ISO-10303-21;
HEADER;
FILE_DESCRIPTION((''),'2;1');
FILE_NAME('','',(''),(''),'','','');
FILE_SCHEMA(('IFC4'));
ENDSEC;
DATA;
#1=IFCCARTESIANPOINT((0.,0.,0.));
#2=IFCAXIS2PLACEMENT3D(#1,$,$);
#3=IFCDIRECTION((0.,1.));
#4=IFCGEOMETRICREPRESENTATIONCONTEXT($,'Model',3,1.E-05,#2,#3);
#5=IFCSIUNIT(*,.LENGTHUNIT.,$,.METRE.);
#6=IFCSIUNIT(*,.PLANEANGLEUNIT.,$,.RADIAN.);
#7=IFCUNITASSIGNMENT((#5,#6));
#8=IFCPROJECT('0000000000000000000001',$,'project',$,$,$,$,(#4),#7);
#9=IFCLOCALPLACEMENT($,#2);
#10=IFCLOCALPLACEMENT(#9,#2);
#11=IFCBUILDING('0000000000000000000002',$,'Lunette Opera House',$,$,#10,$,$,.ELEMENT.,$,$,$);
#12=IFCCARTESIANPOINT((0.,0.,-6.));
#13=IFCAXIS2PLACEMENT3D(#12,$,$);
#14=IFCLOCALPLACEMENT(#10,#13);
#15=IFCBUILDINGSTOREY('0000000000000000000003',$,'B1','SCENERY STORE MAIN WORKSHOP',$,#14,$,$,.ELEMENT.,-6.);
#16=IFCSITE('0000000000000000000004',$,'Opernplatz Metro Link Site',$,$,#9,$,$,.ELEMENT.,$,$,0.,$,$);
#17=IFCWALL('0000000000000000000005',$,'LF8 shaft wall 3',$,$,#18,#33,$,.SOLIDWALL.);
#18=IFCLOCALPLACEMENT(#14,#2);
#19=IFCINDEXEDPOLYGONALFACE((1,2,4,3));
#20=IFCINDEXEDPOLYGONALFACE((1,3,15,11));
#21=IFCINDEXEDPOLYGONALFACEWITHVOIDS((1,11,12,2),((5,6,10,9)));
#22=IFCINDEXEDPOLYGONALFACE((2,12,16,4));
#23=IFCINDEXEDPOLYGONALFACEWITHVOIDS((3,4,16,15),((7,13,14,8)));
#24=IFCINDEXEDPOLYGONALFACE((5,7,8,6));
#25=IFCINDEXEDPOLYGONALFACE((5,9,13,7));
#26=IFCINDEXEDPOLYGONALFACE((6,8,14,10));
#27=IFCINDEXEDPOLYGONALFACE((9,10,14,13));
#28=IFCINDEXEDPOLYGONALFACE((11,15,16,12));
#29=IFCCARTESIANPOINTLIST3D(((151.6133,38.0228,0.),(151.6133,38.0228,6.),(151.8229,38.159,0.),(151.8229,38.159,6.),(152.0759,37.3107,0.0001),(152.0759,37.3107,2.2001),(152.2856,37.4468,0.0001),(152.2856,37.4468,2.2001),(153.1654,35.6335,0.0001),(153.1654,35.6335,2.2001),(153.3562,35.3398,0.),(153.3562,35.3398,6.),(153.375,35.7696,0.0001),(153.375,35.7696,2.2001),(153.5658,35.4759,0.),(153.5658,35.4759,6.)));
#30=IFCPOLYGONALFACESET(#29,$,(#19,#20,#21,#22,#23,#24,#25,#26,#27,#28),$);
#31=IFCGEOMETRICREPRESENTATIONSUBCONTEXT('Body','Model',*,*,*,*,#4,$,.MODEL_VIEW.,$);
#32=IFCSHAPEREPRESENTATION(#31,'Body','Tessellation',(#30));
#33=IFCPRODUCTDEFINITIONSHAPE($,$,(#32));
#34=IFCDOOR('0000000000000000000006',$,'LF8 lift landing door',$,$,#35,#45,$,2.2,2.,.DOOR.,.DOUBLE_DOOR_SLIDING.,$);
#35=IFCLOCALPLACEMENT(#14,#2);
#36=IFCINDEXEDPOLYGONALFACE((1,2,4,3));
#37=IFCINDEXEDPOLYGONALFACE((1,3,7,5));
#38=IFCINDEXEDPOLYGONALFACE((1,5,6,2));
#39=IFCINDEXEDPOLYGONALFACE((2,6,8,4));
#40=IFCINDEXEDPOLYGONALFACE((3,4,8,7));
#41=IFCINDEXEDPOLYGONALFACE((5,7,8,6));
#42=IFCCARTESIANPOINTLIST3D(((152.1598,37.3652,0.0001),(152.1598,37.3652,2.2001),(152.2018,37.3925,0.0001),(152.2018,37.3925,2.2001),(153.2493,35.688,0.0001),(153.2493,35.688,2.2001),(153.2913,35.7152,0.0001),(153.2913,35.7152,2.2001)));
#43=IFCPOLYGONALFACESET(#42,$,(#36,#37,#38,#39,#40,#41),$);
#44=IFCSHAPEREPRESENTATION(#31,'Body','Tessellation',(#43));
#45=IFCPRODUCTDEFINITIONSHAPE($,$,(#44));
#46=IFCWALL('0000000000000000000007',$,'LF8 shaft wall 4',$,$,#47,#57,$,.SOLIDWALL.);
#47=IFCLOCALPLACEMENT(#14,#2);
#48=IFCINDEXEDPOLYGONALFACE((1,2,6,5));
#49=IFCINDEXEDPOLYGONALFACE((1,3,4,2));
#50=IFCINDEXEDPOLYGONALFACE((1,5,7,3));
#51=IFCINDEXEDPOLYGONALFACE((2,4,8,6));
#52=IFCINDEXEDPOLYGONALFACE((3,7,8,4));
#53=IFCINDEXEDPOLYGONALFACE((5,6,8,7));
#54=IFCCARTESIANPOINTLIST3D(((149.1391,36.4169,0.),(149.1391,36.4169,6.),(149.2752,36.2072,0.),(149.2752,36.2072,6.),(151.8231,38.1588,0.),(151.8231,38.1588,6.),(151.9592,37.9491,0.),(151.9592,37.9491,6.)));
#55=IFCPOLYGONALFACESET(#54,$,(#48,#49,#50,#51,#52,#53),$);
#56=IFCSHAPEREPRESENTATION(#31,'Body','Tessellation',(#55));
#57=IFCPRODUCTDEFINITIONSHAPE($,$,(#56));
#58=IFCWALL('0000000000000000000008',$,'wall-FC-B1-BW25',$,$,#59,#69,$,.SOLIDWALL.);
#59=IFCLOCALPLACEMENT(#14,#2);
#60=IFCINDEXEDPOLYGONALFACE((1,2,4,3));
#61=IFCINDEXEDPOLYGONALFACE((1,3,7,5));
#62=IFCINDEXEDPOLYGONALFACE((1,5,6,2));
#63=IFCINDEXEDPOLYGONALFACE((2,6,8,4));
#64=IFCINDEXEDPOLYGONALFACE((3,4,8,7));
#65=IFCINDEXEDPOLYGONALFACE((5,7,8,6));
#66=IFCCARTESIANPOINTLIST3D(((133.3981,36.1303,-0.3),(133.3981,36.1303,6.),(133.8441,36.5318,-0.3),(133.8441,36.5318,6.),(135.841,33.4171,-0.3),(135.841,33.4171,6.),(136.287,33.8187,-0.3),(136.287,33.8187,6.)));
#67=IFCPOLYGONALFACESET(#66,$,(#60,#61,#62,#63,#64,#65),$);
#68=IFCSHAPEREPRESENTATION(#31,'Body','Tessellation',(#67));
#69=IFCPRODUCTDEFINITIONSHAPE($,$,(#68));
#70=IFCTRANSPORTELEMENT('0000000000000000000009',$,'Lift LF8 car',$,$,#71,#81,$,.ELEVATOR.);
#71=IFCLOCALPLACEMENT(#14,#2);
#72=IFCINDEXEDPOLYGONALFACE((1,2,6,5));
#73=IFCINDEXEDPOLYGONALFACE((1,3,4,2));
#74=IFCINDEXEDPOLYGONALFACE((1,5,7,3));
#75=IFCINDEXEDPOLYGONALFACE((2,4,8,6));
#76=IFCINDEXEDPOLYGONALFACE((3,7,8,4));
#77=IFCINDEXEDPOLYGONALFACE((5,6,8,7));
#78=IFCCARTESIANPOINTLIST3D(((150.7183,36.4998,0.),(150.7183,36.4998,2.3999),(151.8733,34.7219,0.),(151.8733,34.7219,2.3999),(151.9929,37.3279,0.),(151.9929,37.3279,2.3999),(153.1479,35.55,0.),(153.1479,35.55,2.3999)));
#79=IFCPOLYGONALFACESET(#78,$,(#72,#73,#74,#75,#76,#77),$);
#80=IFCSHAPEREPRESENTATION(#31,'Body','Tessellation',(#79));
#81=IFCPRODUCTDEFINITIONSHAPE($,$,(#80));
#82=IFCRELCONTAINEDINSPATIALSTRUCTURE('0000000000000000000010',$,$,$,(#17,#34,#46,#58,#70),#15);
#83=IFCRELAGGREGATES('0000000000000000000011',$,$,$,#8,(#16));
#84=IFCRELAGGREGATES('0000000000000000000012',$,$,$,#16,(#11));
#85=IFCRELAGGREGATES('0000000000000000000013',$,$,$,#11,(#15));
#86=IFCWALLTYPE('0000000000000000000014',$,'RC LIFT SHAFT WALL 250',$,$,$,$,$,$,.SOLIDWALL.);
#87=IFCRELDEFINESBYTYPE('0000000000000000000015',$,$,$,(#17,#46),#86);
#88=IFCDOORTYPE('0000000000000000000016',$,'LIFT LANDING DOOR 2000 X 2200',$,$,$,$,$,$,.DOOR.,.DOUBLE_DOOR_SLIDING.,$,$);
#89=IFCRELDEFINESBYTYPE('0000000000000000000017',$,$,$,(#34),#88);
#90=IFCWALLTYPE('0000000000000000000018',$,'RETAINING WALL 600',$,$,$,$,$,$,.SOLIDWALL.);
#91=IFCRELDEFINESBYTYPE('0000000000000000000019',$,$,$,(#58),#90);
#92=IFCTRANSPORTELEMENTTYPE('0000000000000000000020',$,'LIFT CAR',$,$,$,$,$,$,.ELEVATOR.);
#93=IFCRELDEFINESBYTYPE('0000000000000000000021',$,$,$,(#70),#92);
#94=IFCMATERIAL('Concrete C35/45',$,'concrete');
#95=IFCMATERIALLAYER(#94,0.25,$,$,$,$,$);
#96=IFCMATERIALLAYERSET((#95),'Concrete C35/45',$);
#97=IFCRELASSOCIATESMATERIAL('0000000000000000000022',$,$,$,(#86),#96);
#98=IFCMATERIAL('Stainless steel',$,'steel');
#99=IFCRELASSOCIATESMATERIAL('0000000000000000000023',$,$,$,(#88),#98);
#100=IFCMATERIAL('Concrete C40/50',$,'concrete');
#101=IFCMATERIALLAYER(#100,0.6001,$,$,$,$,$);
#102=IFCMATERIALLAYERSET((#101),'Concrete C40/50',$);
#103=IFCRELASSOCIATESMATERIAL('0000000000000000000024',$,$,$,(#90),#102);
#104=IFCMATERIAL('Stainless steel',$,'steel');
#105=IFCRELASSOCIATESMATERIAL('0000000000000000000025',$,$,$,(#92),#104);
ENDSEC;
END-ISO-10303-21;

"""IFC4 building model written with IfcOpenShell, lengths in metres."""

from ifc_helpers import new_model, si_unit, direction, frame, frame_2d, origin, origin_2d, place, context, subcontext, project, spatial, rectangle, extrude, material, layer, layer_set, type_object, element, fill, save


model = new_model("IFC4")

# Units and contexts
model_context = context("Model", 3, precision=1e-05, world=origin(), true_north=direction((0.0, 1.0)))
body_context = subcontext(model_context, "Body", "Model", "MODEL_VIEW")
ifc_project = project(units=[si_unit("LENGTHUNIT", "METRE"), si_unit("PLANEANGLEUNIT", "RADIAN")], contexts=[model_context])

# Site, building, storey
site_placement = place(None, origin())
site = spatial("IfcSite", under=ifc_project, at=site_placement, Name="Opernplatz Metro Link Site", CompositionType="ELEMENT", RefElevation=0.0)
building_placement = place(site_placement, origin())
building = spatial("IfcBuilding", under=site, at=building_placement, Name="Lunette Opera House", CompositionType="ELEMENT")
storey_placement = place(building_placement, frame((0.0, 0.0, -6.0)))
storey = spatial("IfcBuildingStorey", under=building, at=storey_placement, Name="B1", Description="SCENERY STORE MAIN WORKSHOP", CompositionType="ELEMENT", Elevation=-6.0)

# Shared definitions
ifc_material_1 = material(Name="Concrete C35/45", Category="concrete")
ifc_layer_1 = layer(ifc_material_1, 0.25)
ifc_layer_set_1 = layer_set([ifc_layer_1], Name="Concrete C35/45")
wall_type_1 = type_object("IfcWallType", Name="RC LIFT SHAFT WALL 250", PredefinedType="SOLIDWALL", material=ifc_layer_set_1)

# Wall, opening, door
wall_1_placement = place(storey_placement, frame((153.4609, 35.408, 0.0), z_axis=(0.0, 0.0, 1.0), x_axis=(-0.544747, 0.8386, 0.0)))
wall_1 = element("IfcWall", 1, at=wall_1_placement, inside=storey, type_object=wall_type_1, Name="LF8 shaft wall 3", PredefinedType="SOLIDWALL", context=body_context, shape_type="SweptSolid", body=[
    extrude(rectangle(XDim=3.1995, YDim=0.25, at=frame_2d((1.5996, 0.0))), origin(), (0.0, 0.0, 1.0), 6.0),
])
opening_placement = place(wall_1_placement, frame((0.3501, 0.0, 0.0)))
opening = element("IfcOpeningElement", 2, at=opening_placement, cuts=wall_1, PredefinedType="OPENING", context=body_context, shape_type="SweptSolid", body=[
    extrude(rectangle(XDim=2.0, YDim=2.2, at=frame_2d((1.0, 1.1001))), frame((0.0, 0.137, 0.0), z_axis=(0.0, -1.0, 0.0), x_axis=(1.0, 0.0, 0.0)), (0.0, 0.0, 1.0), 0.2739),
])
ifc_material_2 = material(Name="Stainless steel", Category="steel")
door_type = type_object("IfcDoorType", Name="LIFT LANDING DOOR 2000 X 2200", OperationType="DOUBLE_DOOR_SLIDING", PredefinedType="DOOR", material=ifc_material_2)
door_placement = place(opening_placement, origin())
door = element("IfcDoor", 3, at=door_placement, inside=storey, type_object=door_type, Name="LF8 lift landing door", OperationType="DOUBLE_DOOR_SLIDING", OverallHeight=2.2, OverallWidth=2.0, PredefinedType="DOOR", context=body_context, shape_type="SweptSolid", body=[
    extrude(rectangle(XDim=2.0, YDim=2.2, at=frame_2d((1.0, 1.1001))), frame((0.0, 0.0249, 0.0), z_axis=(0.0, -1.0, 0.0), x_axis=(1.0, 0.0, 0.0)), (0.0, 0.0, 1.0), 0.05),
])
fill(opening, door)

# Walls
wall_2_placement = place(storey_placement, frame((151.8911, 38.054, 0.0), z_axis=(0.0, 0.0, 1.0), x_axis=(-0.83883, -0.544393, 0.0)))
element("IfcWall", 4, at=wall_2_placement, inside=storey, type_object=wall_type_1, Name="LF8 shaft wall 4", PredefinedType="SOLIDWALL", context=body_context, shape_type="SweptSolid", body=[
    extrude(rectangle(XDim=3.1997, YDim=0.25, at=frame_2d((1.5999, 0.0))), origin(), (0.0, 0.0, 1.0), 6.0),
])
ifc_material_3 = material(Name="Concrete C40/50", Category="concrete")
ifc_layer_2 = layer(ifc_material_3, 0.6001)
ifc_layer_set_2 = layer_set([ifc_layer_2], Name="Concrete C40/50")
wall_type_2 = type_object("IfcWallType", Name="RETAINING WALL 600", PredefinedType="SOLIDWALL", material=ifc_layer_set_2)
wall_3_placement = place(storey_placement, frame((133.6211, 36.3311, -0.3), z_axis=(0.0, 0.0, 1.0), x_axis=(0.669124, -0.743151, 0.0)))
element("IfcWall", 5, at=wall_3_placement, inside=storey, type_object=wall_type_2, Name="wall-FC-B1-BW25", PredefinedType="SOLIDWALL", context=body_context, shape_type="SweptSolid", body=[
    extrude(rectangle(XDim=3.6509, YDim=0.6001, at=frame_2d((1.8254, 0.0))), origin(), (0.0, 0.0, 1.0), 6.3),
])

# Transport element
ifc_material_4 = material(Name="Stainless steel", Category="steel")
transport_element_type = type_object("IfcTransportElementType", Name="LIFT CAR", PredefinedType="ELEVATOR", material=ifc_material_4)
transport_element_placement = place(storey_placement, frame((151.9331, 36.0249, 0.0), z_axis=(0.0, 0.0, 1.0), x_axis=(-0.544785, 0.838575, 0.0)))
element("IfcTransportElement", 6, at=transport_element_placement, inside=storey, type_object=transport_element_type, Name="Lift LF8 car", PredefinedType="ELEVATOR", context=body_context, shape_type="SweptSolid", body=[
    extrude(rectangle(XDim=2.1201, YDim=1.52, at=origin_2d()), origin(), (0.0, 0.0, 1.0), 2.3999),
])

save(model, "model.ifc")
